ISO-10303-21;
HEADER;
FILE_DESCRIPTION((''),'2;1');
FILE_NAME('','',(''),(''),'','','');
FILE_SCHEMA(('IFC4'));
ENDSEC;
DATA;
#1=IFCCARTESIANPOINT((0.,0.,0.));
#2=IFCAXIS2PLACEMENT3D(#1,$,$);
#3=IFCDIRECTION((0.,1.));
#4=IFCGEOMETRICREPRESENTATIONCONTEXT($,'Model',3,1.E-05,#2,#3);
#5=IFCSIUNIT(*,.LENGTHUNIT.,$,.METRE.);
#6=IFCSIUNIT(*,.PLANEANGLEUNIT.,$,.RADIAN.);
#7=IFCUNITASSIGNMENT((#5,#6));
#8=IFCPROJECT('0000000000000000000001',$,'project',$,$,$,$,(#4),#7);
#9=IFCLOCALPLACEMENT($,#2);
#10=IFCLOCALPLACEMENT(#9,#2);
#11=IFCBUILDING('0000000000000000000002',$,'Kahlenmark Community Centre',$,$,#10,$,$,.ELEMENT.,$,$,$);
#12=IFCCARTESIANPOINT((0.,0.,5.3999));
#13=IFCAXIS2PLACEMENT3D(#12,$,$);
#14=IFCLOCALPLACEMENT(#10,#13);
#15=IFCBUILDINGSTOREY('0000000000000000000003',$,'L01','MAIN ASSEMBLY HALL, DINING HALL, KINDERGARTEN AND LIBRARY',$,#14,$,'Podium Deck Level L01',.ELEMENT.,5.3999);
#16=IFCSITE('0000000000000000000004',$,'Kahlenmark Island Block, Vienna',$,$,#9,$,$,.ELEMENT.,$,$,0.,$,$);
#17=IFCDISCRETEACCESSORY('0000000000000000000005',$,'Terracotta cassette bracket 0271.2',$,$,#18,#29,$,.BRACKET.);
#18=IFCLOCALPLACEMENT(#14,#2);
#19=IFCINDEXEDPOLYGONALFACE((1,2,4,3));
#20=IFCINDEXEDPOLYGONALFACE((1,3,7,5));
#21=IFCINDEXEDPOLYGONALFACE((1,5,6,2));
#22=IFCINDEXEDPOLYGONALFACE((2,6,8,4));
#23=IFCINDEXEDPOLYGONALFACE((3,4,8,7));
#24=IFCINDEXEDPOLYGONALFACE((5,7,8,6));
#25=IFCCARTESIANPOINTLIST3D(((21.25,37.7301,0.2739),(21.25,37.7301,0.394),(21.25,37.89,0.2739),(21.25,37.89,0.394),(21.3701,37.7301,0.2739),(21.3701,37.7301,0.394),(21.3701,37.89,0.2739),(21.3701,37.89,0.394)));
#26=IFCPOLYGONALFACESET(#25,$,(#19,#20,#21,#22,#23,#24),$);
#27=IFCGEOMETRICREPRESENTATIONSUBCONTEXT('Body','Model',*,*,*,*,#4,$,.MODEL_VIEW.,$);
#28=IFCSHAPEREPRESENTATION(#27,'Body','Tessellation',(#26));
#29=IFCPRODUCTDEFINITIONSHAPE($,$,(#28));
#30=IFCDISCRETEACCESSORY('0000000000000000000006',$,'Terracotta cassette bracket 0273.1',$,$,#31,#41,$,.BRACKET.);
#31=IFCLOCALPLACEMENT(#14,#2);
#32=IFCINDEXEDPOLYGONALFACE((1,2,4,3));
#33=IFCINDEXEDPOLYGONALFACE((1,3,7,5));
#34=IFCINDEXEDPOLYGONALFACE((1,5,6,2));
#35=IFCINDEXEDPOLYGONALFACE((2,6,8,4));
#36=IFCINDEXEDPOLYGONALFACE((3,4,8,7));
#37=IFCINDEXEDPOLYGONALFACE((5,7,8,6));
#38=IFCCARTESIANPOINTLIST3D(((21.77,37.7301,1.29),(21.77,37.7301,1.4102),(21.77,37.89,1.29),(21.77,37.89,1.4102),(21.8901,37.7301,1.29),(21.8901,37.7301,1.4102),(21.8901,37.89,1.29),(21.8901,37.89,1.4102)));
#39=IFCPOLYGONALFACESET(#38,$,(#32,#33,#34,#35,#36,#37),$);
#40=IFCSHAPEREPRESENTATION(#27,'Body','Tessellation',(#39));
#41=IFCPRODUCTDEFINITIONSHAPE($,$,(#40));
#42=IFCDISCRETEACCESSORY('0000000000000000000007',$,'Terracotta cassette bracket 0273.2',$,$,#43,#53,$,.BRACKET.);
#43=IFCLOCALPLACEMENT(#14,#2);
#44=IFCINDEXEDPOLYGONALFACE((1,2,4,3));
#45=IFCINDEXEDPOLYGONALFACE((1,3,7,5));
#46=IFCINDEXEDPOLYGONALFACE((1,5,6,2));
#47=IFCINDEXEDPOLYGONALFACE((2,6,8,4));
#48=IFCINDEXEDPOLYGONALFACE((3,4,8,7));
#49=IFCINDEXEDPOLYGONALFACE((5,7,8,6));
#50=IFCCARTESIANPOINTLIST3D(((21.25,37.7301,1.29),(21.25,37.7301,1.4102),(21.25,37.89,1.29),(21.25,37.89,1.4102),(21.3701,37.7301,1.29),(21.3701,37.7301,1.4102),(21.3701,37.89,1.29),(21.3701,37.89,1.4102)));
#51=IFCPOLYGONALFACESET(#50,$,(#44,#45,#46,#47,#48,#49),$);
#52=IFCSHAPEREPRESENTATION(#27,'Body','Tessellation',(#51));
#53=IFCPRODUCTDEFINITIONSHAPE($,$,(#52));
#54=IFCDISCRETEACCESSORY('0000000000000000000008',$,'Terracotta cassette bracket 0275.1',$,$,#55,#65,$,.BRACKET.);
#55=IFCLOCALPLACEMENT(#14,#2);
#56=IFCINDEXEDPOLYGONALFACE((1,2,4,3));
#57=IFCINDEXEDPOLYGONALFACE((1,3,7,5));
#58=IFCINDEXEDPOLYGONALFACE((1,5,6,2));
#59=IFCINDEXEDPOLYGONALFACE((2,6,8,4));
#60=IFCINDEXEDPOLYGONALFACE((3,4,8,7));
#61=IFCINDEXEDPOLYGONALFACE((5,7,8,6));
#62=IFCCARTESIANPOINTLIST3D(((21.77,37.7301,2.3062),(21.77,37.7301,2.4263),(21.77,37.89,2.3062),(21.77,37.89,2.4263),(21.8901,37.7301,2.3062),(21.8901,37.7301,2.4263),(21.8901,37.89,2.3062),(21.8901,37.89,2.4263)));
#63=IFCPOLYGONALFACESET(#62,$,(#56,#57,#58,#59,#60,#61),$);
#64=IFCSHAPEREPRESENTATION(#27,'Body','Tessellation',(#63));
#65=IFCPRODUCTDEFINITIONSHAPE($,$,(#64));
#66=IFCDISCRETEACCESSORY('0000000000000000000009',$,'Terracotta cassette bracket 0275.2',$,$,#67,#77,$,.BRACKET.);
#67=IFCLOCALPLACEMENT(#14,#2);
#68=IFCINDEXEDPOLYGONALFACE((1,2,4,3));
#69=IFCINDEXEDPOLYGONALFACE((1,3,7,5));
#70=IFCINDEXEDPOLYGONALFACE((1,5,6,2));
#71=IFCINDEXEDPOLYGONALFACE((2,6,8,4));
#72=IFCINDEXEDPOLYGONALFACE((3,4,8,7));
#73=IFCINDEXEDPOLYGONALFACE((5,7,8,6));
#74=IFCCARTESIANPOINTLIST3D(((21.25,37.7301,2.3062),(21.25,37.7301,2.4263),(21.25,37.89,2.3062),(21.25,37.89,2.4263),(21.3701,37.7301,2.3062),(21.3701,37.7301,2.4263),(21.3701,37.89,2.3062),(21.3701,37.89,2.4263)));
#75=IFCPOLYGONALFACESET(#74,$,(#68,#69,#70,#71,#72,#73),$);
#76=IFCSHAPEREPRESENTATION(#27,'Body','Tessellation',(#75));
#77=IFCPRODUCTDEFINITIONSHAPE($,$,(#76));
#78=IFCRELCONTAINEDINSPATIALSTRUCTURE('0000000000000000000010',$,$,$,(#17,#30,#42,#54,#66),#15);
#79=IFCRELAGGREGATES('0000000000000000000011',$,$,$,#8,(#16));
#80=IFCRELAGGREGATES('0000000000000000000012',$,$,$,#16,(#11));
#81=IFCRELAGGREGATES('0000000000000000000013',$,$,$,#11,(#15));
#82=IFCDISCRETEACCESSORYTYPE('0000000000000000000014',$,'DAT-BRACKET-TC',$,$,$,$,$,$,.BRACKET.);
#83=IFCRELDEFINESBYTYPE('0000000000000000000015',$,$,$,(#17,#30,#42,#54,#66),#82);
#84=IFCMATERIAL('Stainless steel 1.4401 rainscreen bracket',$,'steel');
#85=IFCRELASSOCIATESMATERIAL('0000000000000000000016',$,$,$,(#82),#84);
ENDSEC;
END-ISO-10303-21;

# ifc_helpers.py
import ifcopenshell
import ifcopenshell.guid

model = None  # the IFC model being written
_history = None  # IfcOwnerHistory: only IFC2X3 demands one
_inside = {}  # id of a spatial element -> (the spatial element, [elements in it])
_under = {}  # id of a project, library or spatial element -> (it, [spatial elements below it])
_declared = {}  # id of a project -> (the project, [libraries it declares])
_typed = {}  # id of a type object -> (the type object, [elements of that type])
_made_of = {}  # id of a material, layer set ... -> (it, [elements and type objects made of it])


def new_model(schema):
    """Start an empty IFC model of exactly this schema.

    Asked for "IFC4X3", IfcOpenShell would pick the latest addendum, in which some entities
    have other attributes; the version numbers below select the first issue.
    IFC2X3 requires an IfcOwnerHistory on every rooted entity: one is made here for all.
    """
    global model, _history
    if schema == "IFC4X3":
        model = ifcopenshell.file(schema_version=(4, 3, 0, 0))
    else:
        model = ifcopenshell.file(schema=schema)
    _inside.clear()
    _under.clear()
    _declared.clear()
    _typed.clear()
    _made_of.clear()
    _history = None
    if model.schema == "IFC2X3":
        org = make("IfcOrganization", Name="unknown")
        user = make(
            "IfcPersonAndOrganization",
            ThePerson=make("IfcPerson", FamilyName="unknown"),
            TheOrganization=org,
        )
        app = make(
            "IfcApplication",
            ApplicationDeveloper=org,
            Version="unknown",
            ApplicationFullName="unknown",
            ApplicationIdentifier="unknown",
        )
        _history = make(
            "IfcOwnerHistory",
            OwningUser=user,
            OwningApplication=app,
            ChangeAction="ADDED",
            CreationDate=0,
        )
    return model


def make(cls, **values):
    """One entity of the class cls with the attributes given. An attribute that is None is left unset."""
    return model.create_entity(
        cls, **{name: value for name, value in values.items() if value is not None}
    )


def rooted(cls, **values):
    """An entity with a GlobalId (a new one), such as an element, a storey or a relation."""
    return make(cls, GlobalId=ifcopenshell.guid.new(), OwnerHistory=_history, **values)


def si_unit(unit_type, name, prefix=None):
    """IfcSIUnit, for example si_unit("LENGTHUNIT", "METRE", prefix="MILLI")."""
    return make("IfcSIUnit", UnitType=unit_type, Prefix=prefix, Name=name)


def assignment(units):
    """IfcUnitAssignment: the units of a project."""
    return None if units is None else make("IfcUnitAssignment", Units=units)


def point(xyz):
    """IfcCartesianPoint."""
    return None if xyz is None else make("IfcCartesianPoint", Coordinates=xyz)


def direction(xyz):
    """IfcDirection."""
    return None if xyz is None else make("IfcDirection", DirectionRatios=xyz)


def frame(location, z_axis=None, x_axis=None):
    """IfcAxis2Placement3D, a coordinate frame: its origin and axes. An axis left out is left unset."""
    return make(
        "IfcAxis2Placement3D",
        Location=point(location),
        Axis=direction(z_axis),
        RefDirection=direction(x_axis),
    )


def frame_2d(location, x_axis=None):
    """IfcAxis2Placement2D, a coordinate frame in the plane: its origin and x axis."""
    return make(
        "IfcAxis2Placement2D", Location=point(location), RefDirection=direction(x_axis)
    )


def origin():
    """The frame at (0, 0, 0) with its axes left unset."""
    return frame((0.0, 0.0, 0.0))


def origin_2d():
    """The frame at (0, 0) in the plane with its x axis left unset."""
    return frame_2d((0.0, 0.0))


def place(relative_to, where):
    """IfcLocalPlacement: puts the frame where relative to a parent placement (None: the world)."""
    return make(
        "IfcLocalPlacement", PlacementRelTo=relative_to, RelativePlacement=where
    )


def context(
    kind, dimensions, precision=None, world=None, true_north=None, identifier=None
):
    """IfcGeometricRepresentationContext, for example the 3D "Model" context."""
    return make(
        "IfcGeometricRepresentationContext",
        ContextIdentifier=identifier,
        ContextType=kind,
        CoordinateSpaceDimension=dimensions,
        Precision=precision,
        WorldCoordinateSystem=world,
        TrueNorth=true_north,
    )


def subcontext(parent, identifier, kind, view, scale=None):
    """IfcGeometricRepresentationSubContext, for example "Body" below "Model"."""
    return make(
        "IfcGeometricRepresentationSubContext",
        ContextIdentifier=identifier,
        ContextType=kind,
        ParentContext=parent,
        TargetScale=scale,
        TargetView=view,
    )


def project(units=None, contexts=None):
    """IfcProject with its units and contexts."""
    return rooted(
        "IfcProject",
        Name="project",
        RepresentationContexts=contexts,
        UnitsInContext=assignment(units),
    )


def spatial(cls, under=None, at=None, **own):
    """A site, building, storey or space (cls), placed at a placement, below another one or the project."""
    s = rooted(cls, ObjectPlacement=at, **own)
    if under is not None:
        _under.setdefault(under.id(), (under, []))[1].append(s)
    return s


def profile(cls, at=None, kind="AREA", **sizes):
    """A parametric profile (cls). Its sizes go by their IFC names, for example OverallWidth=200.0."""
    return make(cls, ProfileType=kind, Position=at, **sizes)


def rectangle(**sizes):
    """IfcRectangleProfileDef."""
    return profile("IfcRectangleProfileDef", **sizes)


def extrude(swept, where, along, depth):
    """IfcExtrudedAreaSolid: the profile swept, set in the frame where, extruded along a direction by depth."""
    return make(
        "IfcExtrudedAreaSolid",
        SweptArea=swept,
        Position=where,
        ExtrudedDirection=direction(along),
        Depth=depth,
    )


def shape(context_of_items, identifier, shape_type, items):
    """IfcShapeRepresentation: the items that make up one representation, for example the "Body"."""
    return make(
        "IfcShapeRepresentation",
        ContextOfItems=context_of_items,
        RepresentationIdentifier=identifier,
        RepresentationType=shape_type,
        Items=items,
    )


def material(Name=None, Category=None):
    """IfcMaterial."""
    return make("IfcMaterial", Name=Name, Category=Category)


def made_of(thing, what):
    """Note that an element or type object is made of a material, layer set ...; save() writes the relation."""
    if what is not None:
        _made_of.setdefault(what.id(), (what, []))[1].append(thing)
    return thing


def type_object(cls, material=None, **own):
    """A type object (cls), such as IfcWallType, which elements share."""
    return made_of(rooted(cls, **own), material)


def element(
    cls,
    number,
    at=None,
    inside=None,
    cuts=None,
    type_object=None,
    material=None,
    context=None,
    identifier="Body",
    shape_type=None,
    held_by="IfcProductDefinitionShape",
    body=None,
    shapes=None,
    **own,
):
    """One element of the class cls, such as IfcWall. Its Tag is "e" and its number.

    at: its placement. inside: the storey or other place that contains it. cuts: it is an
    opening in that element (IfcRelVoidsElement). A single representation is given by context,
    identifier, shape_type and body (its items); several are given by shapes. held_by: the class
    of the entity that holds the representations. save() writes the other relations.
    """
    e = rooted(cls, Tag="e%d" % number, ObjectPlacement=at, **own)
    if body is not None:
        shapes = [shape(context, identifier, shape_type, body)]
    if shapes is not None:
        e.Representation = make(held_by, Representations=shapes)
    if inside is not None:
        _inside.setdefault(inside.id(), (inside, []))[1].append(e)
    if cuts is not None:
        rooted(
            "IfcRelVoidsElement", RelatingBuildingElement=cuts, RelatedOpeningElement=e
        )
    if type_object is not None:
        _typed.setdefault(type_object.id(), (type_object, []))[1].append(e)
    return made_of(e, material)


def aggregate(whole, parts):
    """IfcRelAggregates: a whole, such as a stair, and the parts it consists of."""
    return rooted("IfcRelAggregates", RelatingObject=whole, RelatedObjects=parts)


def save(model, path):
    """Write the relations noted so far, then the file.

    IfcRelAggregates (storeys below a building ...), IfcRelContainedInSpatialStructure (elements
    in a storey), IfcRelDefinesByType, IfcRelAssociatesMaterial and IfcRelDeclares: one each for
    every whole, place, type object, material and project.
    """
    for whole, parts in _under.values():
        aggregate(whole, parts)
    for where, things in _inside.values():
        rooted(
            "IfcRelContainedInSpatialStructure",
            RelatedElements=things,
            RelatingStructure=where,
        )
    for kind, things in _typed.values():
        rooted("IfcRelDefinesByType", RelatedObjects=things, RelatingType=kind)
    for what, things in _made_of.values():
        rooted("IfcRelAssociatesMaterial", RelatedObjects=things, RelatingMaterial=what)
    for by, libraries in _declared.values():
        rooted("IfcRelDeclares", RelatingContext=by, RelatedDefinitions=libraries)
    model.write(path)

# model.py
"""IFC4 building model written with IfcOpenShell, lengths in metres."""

from ifc_helpers import new_model, si_unit, direction, frame, origin, origin_2d, place, context, subcontext, project, spatial, rectangle, extrude, material, type_object, element, save


model = new_model("IFC4")

# Units and contexts
model_context = context("Model", 3, precision=1e-05, world=origin(), true_north=direction((0.0, 1.0)))
body_context = subcontext(model_context, "Body", "Model", "MODEL_VIEW")
ifc_project = project(units=[si_unit("LENGTHUNIT", "METRE"), si_unit("PLANEANGLEUNIT", "RADIAN")], contexts=[model_context])

# Site, building, storey
site_placement = place(None, origin())
site = spatial("IfcSite", under=ifc_project, at=site_placement, Name="Kahlenmark Island Block, Vienna", CompositionType="ELEMENT", RefElevation=0.0)
building_placement = place(site_placement, origin())
building = spatial("IfcBuilding", under=site, at=building_placement, Name="Kahlenmark Community Centre", CompositionType="ELEMENT")
storey_placement = place(building_placement, frame((0.0, 0.0, 5.3999)))
storey = spatial("IfcBuildingStorey", under=building, at=storey_placement, Name="L01", Description="MAIN ASSEMBLY HALL, DINING HALL, KINDERGARTEN AND LIBRARY", LongName="Podium Deck Level L01", CompositionType="ELEMENT", Elevation=5.3999)

# Discrete accessories
ifc_material_1 = material(Name="Stainless steel 1.4401 rainscreen bracket", Category="steel")
discrete_accessory_type = type_object("IfcDiscreteAccessoryType", Name="DAT-BRACKET-TC", PredefinedType="BRACKET", material=ifc_material_1)
for number, where, z_axis, x_axis, name in (
    (1, (21.3101, 37.8101, 0.2739), (0.0, 0.0, 1.0), (-1.0, 0.0, 0.0), "Terracotta cassette bracket 0271.2"),
    (2, (21.8301, 37.8101, 1.29), (0.0, 0.0, 1.0), (-1.0, 0.0, 0.0), "Terracotta cassette bracket 0273.1"),
    (3, (21.3101, 37.8101, 1.29), (0.0, 0.0, 1.0), (-1.0, 0.0, 0.0), "Terracotta cassette bracket 0273.2"),
    (4, (21.8301, 37.8101, 2.3062), (0.0, 0.0, 1.0), (-1.0, 0.0, 0.0), "Terracotta cassette bracket 0275.1"),
    (5, (21.3101, 37.8101, 2.3062), (0.0, 0.0, 1.0), (-1.0, 0.0, 0.0), "Terracotta cassette bracket 0275.2"),
):
    element("IfcDiscreteAccessory", number, at=place(storey_placement, frame(where, z_axis=z_axis, x_axis=x_axis)), inside=storey, type_object=discrete_accessory_type, Name=name, PredefinedType="BRACKET", context=body_context, shape_type="SweptSolid", body=[
        extrude(rectangle(XDim=0.1201, YDim=0.1599, at=origin_2d()), origin(), (0.0, 0.0, 1.0), 0.1201),
    ])

save(model, "model.ifc")
